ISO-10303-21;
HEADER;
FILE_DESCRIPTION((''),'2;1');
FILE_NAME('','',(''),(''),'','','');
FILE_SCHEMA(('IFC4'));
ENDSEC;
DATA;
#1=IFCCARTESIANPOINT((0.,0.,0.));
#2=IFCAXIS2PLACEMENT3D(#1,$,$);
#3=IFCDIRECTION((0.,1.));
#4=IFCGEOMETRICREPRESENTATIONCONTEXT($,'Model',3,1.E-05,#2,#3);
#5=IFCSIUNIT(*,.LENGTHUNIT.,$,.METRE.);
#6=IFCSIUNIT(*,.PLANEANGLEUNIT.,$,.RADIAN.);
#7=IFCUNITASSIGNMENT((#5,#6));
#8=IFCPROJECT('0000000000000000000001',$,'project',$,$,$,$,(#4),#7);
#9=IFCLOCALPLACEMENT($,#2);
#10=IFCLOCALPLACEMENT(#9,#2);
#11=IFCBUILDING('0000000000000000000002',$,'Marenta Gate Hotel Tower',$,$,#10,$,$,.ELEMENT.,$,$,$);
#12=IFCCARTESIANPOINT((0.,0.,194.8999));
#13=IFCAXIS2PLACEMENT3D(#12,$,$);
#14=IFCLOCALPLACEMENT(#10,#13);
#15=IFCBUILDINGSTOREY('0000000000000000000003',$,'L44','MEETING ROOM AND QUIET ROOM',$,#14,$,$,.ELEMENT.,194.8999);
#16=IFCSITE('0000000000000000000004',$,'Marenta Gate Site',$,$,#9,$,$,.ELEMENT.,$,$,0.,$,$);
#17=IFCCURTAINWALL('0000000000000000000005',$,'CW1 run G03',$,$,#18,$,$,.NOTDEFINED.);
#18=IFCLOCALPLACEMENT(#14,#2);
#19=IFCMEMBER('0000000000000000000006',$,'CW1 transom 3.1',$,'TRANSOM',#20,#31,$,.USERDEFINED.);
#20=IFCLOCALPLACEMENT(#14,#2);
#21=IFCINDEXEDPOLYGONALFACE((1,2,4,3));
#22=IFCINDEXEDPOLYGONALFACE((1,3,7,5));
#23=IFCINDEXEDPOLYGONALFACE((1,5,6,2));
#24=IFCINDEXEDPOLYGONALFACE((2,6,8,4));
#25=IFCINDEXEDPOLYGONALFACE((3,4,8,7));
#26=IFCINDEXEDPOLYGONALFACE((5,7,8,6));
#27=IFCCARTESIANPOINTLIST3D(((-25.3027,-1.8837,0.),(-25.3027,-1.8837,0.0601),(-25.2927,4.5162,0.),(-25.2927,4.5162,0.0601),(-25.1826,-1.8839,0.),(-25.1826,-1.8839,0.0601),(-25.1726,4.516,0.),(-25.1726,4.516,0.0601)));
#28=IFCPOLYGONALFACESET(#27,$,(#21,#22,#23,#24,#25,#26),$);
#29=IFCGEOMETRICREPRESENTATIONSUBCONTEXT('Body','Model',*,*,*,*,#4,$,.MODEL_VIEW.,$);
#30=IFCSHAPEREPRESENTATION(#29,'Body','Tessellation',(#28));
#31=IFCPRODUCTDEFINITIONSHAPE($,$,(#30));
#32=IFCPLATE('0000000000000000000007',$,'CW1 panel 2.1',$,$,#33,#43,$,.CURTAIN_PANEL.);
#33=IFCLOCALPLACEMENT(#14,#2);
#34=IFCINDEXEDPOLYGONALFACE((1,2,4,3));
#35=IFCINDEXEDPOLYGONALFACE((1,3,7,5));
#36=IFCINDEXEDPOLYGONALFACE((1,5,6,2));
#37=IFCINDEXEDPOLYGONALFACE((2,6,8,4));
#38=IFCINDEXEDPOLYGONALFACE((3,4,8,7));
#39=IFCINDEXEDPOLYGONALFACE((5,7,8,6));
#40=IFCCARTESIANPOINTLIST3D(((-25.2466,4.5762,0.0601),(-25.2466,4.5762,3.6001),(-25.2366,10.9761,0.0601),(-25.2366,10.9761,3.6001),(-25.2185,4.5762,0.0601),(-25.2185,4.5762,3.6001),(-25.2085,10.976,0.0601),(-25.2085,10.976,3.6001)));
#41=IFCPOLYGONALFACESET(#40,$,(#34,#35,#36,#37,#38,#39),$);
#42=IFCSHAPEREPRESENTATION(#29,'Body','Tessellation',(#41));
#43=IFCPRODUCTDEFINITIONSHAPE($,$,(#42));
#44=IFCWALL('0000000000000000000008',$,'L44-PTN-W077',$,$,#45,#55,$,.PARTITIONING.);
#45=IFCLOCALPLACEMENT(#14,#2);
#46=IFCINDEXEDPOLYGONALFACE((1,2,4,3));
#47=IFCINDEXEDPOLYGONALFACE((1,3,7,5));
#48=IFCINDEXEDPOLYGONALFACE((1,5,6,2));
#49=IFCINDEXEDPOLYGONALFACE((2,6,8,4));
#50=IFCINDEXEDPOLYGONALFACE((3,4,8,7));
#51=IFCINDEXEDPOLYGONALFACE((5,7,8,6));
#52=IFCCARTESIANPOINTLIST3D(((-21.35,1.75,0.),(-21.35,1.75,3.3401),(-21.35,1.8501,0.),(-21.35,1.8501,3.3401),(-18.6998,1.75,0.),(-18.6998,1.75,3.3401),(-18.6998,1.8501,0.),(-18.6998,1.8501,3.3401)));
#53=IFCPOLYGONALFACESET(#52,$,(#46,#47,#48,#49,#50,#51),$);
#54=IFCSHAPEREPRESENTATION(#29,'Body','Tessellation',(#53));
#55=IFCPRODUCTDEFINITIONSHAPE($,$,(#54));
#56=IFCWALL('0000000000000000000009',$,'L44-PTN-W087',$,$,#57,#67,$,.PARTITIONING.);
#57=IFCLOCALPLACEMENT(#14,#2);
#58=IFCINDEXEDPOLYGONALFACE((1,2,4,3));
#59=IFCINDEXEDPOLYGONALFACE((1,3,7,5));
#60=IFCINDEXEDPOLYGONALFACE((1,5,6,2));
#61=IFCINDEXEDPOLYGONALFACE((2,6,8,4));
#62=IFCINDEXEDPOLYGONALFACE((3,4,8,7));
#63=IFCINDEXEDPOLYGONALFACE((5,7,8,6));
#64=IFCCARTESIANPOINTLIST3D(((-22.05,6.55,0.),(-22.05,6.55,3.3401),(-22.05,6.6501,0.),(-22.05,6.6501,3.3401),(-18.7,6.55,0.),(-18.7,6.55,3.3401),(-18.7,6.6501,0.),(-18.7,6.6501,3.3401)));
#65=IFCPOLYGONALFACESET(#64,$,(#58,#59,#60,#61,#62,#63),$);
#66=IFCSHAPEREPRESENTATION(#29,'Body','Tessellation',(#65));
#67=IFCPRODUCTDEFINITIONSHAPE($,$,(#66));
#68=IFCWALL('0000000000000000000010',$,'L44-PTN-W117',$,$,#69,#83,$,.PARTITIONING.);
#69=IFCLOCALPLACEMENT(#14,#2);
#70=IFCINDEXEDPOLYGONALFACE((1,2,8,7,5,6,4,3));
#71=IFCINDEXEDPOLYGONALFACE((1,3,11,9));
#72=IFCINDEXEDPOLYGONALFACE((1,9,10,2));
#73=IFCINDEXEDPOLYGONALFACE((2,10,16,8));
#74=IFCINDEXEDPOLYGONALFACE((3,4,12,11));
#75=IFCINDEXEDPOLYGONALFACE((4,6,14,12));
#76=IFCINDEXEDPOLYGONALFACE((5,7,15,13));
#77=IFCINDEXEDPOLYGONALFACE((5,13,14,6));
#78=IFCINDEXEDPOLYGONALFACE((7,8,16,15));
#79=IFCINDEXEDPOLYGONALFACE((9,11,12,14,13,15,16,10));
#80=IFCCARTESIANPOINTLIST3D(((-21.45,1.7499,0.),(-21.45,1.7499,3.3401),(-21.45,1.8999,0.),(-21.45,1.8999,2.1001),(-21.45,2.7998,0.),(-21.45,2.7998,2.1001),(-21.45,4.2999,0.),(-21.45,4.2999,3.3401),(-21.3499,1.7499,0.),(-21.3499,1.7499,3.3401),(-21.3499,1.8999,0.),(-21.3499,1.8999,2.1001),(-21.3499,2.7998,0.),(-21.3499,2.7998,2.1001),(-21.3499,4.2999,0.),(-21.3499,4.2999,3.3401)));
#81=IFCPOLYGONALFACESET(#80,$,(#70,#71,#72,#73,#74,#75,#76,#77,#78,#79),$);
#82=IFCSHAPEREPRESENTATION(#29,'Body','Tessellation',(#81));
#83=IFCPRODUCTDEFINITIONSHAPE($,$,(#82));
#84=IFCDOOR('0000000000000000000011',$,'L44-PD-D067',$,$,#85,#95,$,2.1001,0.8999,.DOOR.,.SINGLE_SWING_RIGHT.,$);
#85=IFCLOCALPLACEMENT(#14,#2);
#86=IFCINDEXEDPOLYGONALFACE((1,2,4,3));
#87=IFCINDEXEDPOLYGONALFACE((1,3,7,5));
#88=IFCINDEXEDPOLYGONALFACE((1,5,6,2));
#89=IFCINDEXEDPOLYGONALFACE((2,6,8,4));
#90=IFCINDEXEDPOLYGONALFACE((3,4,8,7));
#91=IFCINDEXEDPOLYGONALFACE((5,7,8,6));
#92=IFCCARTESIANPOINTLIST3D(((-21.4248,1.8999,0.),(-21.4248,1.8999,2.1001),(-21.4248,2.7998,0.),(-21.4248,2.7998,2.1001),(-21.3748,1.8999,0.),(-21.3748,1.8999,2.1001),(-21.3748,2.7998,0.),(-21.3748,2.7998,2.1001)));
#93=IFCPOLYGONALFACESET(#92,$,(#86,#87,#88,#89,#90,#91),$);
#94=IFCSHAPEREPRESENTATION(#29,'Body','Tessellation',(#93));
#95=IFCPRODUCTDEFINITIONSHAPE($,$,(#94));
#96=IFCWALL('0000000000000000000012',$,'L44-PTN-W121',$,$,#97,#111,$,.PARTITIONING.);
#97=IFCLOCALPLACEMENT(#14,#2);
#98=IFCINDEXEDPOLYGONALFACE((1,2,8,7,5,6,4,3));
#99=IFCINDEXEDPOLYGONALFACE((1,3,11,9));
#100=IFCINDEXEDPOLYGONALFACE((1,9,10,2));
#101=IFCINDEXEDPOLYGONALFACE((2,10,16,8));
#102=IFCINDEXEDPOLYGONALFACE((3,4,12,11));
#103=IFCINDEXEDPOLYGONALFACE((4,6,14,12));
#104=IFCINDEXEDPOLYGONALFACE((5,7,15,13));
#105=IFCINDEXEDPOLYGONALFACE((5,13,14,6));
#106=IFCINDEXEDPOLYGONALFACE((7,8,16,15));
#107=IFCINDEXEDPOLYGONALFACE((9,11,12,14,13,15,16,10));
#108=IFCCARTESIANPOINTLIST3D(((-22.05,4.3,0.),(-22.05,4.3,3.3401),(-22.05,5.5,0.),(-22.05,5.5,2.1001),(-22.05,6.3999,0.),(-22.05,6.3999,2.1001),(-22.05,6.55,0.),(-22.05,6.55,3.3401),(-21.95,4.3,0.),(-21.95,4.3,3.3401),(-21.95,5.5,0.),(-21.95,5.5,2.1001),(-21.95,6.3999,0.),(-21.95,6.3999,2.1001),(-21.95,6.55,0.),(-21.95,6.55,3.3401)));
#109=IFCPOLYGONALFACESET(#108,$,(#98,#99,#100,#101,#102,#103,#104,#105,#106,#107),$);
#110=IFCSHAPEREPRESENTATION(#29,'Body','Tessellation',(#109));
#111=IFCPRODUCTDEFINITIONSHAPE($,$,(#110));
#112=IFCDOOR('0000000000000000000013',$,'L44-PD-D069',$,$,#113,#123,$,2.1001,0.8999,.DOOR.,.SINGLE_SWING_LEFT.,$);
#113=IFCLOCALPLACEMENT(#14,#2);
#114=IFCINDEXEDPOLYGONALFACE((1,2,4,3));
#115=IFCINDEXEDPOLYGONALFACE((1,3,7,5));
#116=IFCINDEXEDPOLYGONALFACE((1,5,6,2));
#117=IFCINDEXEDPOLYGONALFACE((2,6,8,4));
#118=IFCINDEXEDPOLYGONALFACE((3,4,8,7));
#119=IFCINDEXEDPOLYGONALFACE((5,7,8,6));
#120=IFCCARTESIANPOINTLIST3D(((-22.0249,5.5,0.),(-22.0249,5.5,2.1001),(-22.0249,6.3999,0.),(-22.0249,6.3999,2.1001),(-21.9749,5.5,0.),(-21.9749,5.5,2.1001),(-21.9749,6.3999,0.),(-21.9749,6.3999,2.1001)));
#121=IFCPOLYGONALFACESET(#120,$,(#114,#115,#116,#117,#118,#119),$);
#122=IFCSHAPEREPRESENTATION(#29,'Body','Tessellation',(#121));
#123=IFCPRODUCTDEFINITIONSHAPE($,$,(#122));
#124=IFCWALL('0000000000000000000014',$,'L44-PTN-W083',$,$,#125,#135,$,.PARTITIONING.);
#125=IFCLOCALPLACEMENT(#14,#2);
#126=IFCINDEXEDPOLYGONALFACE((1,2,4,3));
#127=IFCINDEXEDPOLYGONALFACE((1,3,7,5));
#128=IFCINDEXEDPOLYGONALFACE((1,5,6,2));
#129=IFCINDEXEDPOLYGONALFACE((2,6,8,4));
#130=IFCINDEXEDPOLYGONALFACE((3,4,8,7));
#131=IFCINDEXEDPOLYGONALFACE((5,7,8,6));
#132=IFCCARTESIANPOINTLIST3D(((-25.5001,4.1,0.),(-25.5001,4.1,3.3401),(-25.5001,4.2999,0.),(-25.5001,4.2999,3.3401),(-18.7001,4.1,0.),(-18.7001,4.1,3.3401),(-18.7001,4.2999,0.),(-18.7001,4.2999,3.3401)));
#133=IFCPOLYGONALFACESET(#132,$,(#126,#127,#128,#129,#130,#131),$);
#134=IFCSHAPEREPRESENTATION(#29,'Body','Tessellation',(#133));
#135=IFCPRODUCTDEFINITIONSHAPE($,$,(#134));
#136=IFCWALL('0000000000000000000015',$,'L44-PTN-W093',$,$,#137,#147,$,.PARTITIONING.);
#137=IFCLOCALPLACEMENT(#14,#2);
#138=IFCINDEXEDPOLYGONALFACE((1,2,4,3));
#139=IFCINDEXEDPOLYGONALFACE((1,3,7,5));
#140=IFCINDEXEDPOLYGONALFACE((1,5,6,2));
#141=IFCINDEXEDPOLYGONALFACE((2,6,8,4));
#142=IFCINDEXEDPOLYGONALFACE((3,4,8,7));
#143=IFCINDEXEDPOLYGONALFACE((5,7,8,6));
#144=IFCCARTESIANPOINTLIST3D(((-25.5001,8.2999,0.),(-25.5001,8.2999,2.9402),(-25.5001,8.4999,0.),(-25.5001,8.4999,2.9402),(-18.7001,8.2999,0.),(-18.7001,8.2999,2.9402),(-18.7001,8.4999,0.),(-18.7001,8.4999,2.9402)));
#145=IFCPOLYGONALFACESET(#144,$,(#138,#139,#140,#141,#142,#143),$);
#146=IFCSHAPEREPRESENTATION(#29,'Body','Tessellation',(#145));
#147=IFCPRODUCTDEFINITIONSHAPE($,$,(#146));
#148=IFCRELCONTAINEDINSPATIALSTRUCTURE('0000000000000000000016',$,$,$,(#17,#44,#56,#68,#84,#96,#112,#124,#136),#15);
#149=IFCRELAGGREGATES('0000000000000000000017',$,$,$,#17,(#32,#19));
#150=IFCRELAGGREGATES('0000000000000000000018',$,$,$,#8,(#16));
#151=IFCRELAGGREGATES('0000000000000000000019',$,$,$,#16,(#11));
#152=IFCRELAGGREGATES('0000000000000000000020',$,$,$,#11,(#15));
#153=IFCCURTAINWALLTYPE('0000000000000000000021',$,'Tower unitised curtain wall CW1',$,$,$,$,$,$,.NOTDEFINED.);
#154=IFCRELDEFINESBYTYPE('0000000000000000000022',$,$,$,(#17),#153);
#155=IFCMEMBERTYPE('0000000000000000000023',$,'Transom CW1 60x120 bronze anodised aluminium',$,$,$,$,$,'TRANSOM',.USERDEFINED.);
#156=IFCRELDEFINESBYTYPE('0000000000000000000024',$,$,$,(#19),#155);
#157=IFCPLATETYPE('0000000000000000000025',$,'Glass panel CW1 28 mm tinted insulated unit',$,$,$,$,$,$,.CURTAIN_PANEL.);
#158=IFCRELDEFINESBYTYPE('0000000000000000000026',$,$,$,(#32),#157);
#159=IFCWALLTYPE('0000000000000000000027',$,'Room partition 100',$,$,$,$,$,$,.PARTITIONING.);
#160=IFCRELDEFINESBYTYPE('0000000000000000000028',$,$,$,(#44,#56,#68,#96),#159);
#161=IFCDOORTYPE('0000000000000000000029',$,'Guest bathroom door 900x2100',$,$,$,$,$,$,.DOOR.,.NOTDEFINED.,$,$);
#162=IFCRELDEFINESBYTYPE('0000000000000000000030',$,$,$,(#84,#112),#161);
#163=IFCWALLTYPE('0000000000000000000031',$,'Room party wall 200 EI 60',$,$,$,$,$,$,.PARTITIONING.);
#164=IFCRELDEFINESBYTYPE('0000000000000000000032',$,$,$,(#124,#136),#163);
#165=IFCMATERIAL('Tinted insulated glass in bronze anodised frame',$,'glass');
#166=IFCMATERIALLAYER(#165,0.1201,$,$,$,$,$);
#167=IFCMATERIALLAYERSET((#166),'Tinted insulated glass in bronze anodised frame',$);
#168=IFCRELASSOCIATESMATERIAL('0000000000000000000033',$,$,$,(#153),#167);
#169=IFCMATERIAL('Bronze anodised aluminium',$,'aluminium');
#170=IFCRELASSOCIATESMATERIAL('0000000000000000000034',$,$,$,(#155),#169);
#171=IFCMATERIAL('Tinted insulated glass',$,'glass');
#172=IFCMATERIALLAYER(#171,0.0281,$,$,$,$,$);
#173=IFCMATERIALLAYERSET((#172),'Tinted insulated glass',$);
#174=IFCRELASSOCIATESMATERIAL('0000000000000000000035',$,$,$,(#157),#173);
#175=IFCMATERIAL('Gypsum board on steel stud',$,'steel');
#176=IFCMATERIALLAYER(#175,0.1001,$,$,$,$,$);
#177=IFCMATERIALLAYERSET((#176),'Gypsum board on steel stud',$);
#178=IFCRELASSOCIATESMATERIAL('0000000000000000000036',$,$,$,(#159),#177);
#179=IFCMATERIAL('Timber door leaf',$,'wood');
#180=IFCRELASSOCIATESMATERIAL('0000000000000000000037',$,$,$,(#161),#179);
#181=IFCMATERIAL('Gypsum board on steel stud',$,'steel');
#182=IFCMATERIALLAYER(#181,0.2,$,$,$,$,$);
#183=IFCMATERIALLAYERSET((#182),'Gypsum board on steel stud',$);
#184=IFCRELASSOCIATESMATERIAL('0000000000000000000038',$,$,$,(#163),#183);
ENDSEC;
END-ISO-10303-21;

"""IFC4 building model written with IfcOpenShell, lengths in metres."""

from ifc_helpers import new_model, si_unit, direction, frame, frame_2d, origin, origin_2d, place, context, subcontext, project, spatial, rectangle, extrude, material, layer, layer_set, material_profile, profile_set, type_object, element, fill, aggregate, save


model = new_model("IFC4")

# Units and contexts
model_context = context("Model", 3, precision=1e-05, world=origin(), true_north=direction((0.0, 1.0)))
body_context = subcontext(model_context, "Body", "Model", "MODEL_VIEW")
ifc_project = project(units=[si_unit("LENGTHUNIT", "METRE"), si_unit("PLANEANGLEUNIT", "RADIAN")], contexts=[model_context])

# Site, building, storey
site_placement = place(None, origin())
site = spatial("IfcSite", under=ifc_project, at=site_placement, Name="Marenta Gate Site", CompositionType="ELEMENT", RefElevation=0.0)
building_placement = place(site_placement, origin())
building = spatial("IfcBuilding", under=site, at=building_placement, Name="Marenta Gate Hotel Tower", CompositionType="ELEMENT")
storey_placement = place(building_placement, frame((0.0, 0.0, 194.8999)))
storey = spatial("IfcBuildingStorey", under=building, at=storey_placement, Name="L44", Description="MEETING ROOM AND QUIET ROOM", CompositionType="ELEMENT", Elevation=194.8999)

# Curtain wall, member, plate
ifc_material_1 = material(Name="Tinted insulated glass in bronze anodised frame", Category="glass")
ifc_layer_1 = layer(ifc_material_1, 0.1201)
ifc_layer_set_1 = layer_set([ifc_layer_1], Name="Tinted insulated glass in bronze anodised frame")
curtain_wall_type = type_object("IfcCurtainWallType", Name="Tower unitised curtain wall CW1", PredefinedType="NOTDEFINED", material=ifc_layer_set_1)
curtain_wall_placement = place(storey_placement, origin())
curtain_wall = element("IfcCurtainWall", 1, at=curtain_wall_placement, inside=storey, type_object=curtain_wall_type, Name="CW1 run G03", PredefinedType="NOTDEFINED")
ifc_material_2 = material(Name="Bronze anodised aluminium", Category="aluminium")
ifc_material_profile_1 = material_profile(ifc_material_2, rectangle(XDim=0.1201, YDim=0.0601, at=origin_2d()), Name="Transom CW1 60x120 bronze anodised aluminium")
ifc_profile_set_1 = profile_set([ifc_material_profile_1], Name="Bronze anodised aluminium")
member_type_1 = type_object("IfcMemberType", Name="Transom CW1 60x120 bronze anodised aluminium", ElementType="TRANSOM", PredefinedType="USERDEFINED", material=ifc_profile_set_1)
member_1_placement = place(storey_placement, frame((-25.2327, 4.5161, 0.03), z_axis=(-0.001564, -0.999999, 0.0), x_axis=(0.999999, -0.001564, 0.0)))
member_1 = element("IfcMember", 2, at=member_1_placement, type_object=member_type_1, Name="CW1 transom 3.1", ObjectType="TRANSOM", PredefinedType="USERDEFINED", context=body_context, shape_type="SweptSolid", body=[
    extrude(rectangle(XDim=0.1201, YDim=0.0601, at=origin_2d()), origin(), (0.0, 0.0, 1.0), 6.3999),
])
ifc_material_3 = material(Name="Tinted insulated glass", Category="glass")
ifc_layer_2 = layer(ifc_material_3, 0.0281)
ifc_layer_set_2 = layer_set([ifc_layer_2], Name="Tinted insulated glass")
plate_type = type_object("IfcPlateType", Name="Glass panel CW1 28 mm tinted insulated unit", PredefinedType="CURTAIN_PANEL", material=ifc_layer_set_2)
plate_placement = place(storey_placement, frame((-25.2275, 7.7761, 0.0601), z_axis=(0.0, 0.0, 1.0), x_axis=(-0.001566, -0.999999, 0.0)))
plate = element("IfcPlate", 3, at=plate_placement, type_object=plate_type, Name="CW1 panel 2.1", PredefinedType="CURTAIN_PANEL", context=body_context, shape_type="SweptSolid", body=[
    extrude(rectangle(XDim=6.3999, YDim=0.0281, at=origin_2d()), origin(), (0.0, 0.0, 1.0), 3.54),
])
aggregate(curtain_wall, [plate, member_1])

# Walls
ifc_material_4 = material(Name="Gypsum board on steel stud", Category="steel")
ifc_layer_3 = layer(ifc_material_4, 0.1001)
ifc_layer_set_3 = layer_set([ifc_layer_3], Name="Gypsum board on steel stud")
wall_type_1 = type_object("IfcWallType", Name="Room partition 100", PredefinedType="PARTITIONING", material=ifc_layer_set_3)
wall_1_placement = place(storey_placement, frame((-21.3501, 1.8, 0.0), z_axis=(0.0, 0.0, 1.0), x_axis=(1.0, 0.0, 0.0)))
element("IfcWall", 4, at=wall_1_placement, inside=storey, type_object=wall_type_1, Name="L44-PTN-W077", PredefinedType="PARTITIONING", context=body_context, shape_type="SweptSolid", body=[
    extrude(rectangle(XDim=2.6501, YDim=0.1001, at=frame_2d((1.3252, 0.0))), origin(), (0.0, 0.0, 1.0), 3.3401),
])
wall_2_placement = place(storey_placement, frame((-22.05, 6.6001, 0.0), z_axis=(0.0, 0.0, 1.0), x_axis=(1.0, 0.0, 0.0)))
element("IfcWall", 5, at=wall_2_placement, inside=storey, type_object=wall_type_1, Name="L44-PTN-W087", PredefinedType="PARTITIONING", context=body_context, shape_type="SweptSolid", body=[
    extrude(rectangle(XDim=3.3501, YDim=0.1001, at=frame_2d((1.675, 0.0))), origin(), (0.0, 0.0, 1.0), 3.3401),
])

# Walls, openings, doors
wall_3_placement = place(storey_placement, frame((-21.3999, 1.75, 0.0), z_axis=(0.0, 0.0, 1.0), x_axis=(0.0, 1.0, 0.0)))
wall_3 = element("IfcWall", 6, at=wall_3_placement, inside=storey, type_object=wall_type_1, Name="L44-PTN-W117", PredefinedType="PARTITIONING", context=body_context, shape_type="SweptSolid", body=[
    extrude(rectangle(XDim=2.55, YDim=0.1001, at=frame_2d((1.2749, 0.0))), origin(), (0.0, 0.0, 1.0), 3.3401),
])
opening_1_placement = place(wall_3_placement, frame((0.1499, 0.0, 0.0)))
opening_1 = element("IfcOpeningElement", 7, at=opening_1_placement, cuts=wall_3, PredefinedType="OPENING", context=body_context, shape_type="SweptSolid", body=[
    extrude(rectangle(XDim=0.8999, YDim=2.1001, at=frame_2d((0.45, 1.05))), frame((0.0, 0.05, 0.0), z_axis=(0.0, -1.0, 0.0), x_axis=(1.0, 0.0, 0.0)), (0.0, 0.0, 1.0), 0.1001),
])
ifc_material_5 = material(Name="Timber door leaf", Category="wood")
door_type = type_object("IfcDoorType", Name="Guest bathroom door 900x2100", OperationType="NOTDEFINED", PredefinedType="DOOR", material=ifc_material_5)
door_1_placement = place(opening_1_placement, origin())
door_1 = element("IfcDoor", 8, at=door_1_placement, inside=storey, type_object=door_type, Name="L44-PD-D067", OperationType="SINGLE_SWING_RIGHT", OverallHeight=2.1001, OverallWidth=0.8999, PredefinedType="DOOR", context=body_context, shape_type="SweptSolid", body=[
    extrude(rectangle(XDim=0.8999, YDim=2.1001, at=frame_2d((0.45, 1.05))), frame((0.0, 0.0249, 0.0), z_axis=(0.0, -1.0, 0.0), x_axis=(1.0, 0.0, 0.0)), (0.0, 0.0, 1.0), 0.05),
])
fill(opening_1, door_1)
wall_4_placement = place(storey_placement, frame((-22.0, 4.3, 0.0), z_axis=(0.0, 0.0, 1.0), x_axis=(0.0, 1.0, 0.0)))
wall_4 = element("IfcWall", 9, at=wall_4_placement, inside=storey, type_object=wall_type_1, Name="L44-PTN-W121", PredefinedType="PARTITIONING", context=body_context, shape_type="SweptSolid", body=[
    extrude(rectangle(XDim=2.25, YDim=0.1001, at=frame_2d((1.125, 0.0))), origin(), (0.0, 0.0, 1.0), 3.3401),
])
opening_2_placement = place(wall_4_placement, frame((1.2, 0.0, 0.0)))
opening_2 = element("IfcOpeningElement", 10, at=opening_2_placement, cuts=wall_4, PredefinedType="OPENING", context=body_context, shape_type="SweptSolid", body=[
    extrude(rectangle(XDim=0.8999, YDim=2.1001, at=frame_2d((0.45, 1.05))), frame((0.0, 0.05, 0.0), z_axis=(0.0, -1.0, 0.0), x_axis=(1.0, 0.0, 0.0)), (0.0, 0.0, 1.0), 0.1001),
])
door_2_placement = place(opening_2_placement, origin())
door_2 = element("IfcDoor", 11, at=door_2_placement, inside=storey, type_object=door_type, Name="L44-PD-D069", OperationType="SINGLE_SWING_LEFT", OverallHeight=2.1001, OverallWidth=0.8999, PredefinedType="DOOR", context=body_context, shape_type="SweptSolid", body=[
    extrude(rectangle(XDim=0.8999, YDim=2.1001, at=frame_2d((0.45, 1.05))), frame((0.0, 0.0249, 0.0), z_axis=(0.0, -1.0, 0.0), x_axis=(1.0, 0.0, 0.0)), (0.0, 0.0, 1.0), 0.05),
])
fill(opening_2, door_2)

# Walls
ifc_material_6 = material(Name="Gypsum board on steel stud", Category="steel")
ifc_layer_4 = layer(ifc_material_6, 0.2)
ifc_layer_set_4 = layer_set([ifc_layer_4], Name="Gypsum board on steel stud")
wall_type_2 = type_object("IfcWallType", Name="Room party wall 200 EI 60", PredefinedType="PARTITIONING", material=ifc_layer_set_4)
wall_5_placement = place(storey_placement, frame((-25.5, 4.2, 0.0), z_axis=(0.0, 0.0, 1.0), x_axis=(1.0, 0.0, 0.0)))
element("IfcWall", 12, at=wall_5_placement, inside=storey, type_object=wall_type_2, Name="L44-PTN-W083", PredefinedType="PARTITIONING", context=body_context, shape_type="SweptSolid", body=[
    extrude(rectangle(XDim=6.8, YDim=0.2, at=frame_2d((3.3999, 0.0))), origin(), (0.0, 0.0, 1.0), 3.3401),
])
wall_6_placement = place(storey_placement, frame((-25.5, 8.3999, 0.0), z_axis=(0.0, 0.0, 1.0), x_axis=(1.0, 0.0, 0.0)))
element("IfcWall", 13, at=wall_6_placement, inside=storey, type_object=wall_type_2, Name="L44-PTN-W093", PredefinedType="PARTITIONING", context=body_context, shape_type="SweptSolid", body=[
    extrude(rectangle(XDim=6.8, YDim=0.2, at=frame_2d((3.3999, 0.0))), origin(), (0.0, 0.0, 1.0), 2.9402),
])

save(model, "model.ifc")
